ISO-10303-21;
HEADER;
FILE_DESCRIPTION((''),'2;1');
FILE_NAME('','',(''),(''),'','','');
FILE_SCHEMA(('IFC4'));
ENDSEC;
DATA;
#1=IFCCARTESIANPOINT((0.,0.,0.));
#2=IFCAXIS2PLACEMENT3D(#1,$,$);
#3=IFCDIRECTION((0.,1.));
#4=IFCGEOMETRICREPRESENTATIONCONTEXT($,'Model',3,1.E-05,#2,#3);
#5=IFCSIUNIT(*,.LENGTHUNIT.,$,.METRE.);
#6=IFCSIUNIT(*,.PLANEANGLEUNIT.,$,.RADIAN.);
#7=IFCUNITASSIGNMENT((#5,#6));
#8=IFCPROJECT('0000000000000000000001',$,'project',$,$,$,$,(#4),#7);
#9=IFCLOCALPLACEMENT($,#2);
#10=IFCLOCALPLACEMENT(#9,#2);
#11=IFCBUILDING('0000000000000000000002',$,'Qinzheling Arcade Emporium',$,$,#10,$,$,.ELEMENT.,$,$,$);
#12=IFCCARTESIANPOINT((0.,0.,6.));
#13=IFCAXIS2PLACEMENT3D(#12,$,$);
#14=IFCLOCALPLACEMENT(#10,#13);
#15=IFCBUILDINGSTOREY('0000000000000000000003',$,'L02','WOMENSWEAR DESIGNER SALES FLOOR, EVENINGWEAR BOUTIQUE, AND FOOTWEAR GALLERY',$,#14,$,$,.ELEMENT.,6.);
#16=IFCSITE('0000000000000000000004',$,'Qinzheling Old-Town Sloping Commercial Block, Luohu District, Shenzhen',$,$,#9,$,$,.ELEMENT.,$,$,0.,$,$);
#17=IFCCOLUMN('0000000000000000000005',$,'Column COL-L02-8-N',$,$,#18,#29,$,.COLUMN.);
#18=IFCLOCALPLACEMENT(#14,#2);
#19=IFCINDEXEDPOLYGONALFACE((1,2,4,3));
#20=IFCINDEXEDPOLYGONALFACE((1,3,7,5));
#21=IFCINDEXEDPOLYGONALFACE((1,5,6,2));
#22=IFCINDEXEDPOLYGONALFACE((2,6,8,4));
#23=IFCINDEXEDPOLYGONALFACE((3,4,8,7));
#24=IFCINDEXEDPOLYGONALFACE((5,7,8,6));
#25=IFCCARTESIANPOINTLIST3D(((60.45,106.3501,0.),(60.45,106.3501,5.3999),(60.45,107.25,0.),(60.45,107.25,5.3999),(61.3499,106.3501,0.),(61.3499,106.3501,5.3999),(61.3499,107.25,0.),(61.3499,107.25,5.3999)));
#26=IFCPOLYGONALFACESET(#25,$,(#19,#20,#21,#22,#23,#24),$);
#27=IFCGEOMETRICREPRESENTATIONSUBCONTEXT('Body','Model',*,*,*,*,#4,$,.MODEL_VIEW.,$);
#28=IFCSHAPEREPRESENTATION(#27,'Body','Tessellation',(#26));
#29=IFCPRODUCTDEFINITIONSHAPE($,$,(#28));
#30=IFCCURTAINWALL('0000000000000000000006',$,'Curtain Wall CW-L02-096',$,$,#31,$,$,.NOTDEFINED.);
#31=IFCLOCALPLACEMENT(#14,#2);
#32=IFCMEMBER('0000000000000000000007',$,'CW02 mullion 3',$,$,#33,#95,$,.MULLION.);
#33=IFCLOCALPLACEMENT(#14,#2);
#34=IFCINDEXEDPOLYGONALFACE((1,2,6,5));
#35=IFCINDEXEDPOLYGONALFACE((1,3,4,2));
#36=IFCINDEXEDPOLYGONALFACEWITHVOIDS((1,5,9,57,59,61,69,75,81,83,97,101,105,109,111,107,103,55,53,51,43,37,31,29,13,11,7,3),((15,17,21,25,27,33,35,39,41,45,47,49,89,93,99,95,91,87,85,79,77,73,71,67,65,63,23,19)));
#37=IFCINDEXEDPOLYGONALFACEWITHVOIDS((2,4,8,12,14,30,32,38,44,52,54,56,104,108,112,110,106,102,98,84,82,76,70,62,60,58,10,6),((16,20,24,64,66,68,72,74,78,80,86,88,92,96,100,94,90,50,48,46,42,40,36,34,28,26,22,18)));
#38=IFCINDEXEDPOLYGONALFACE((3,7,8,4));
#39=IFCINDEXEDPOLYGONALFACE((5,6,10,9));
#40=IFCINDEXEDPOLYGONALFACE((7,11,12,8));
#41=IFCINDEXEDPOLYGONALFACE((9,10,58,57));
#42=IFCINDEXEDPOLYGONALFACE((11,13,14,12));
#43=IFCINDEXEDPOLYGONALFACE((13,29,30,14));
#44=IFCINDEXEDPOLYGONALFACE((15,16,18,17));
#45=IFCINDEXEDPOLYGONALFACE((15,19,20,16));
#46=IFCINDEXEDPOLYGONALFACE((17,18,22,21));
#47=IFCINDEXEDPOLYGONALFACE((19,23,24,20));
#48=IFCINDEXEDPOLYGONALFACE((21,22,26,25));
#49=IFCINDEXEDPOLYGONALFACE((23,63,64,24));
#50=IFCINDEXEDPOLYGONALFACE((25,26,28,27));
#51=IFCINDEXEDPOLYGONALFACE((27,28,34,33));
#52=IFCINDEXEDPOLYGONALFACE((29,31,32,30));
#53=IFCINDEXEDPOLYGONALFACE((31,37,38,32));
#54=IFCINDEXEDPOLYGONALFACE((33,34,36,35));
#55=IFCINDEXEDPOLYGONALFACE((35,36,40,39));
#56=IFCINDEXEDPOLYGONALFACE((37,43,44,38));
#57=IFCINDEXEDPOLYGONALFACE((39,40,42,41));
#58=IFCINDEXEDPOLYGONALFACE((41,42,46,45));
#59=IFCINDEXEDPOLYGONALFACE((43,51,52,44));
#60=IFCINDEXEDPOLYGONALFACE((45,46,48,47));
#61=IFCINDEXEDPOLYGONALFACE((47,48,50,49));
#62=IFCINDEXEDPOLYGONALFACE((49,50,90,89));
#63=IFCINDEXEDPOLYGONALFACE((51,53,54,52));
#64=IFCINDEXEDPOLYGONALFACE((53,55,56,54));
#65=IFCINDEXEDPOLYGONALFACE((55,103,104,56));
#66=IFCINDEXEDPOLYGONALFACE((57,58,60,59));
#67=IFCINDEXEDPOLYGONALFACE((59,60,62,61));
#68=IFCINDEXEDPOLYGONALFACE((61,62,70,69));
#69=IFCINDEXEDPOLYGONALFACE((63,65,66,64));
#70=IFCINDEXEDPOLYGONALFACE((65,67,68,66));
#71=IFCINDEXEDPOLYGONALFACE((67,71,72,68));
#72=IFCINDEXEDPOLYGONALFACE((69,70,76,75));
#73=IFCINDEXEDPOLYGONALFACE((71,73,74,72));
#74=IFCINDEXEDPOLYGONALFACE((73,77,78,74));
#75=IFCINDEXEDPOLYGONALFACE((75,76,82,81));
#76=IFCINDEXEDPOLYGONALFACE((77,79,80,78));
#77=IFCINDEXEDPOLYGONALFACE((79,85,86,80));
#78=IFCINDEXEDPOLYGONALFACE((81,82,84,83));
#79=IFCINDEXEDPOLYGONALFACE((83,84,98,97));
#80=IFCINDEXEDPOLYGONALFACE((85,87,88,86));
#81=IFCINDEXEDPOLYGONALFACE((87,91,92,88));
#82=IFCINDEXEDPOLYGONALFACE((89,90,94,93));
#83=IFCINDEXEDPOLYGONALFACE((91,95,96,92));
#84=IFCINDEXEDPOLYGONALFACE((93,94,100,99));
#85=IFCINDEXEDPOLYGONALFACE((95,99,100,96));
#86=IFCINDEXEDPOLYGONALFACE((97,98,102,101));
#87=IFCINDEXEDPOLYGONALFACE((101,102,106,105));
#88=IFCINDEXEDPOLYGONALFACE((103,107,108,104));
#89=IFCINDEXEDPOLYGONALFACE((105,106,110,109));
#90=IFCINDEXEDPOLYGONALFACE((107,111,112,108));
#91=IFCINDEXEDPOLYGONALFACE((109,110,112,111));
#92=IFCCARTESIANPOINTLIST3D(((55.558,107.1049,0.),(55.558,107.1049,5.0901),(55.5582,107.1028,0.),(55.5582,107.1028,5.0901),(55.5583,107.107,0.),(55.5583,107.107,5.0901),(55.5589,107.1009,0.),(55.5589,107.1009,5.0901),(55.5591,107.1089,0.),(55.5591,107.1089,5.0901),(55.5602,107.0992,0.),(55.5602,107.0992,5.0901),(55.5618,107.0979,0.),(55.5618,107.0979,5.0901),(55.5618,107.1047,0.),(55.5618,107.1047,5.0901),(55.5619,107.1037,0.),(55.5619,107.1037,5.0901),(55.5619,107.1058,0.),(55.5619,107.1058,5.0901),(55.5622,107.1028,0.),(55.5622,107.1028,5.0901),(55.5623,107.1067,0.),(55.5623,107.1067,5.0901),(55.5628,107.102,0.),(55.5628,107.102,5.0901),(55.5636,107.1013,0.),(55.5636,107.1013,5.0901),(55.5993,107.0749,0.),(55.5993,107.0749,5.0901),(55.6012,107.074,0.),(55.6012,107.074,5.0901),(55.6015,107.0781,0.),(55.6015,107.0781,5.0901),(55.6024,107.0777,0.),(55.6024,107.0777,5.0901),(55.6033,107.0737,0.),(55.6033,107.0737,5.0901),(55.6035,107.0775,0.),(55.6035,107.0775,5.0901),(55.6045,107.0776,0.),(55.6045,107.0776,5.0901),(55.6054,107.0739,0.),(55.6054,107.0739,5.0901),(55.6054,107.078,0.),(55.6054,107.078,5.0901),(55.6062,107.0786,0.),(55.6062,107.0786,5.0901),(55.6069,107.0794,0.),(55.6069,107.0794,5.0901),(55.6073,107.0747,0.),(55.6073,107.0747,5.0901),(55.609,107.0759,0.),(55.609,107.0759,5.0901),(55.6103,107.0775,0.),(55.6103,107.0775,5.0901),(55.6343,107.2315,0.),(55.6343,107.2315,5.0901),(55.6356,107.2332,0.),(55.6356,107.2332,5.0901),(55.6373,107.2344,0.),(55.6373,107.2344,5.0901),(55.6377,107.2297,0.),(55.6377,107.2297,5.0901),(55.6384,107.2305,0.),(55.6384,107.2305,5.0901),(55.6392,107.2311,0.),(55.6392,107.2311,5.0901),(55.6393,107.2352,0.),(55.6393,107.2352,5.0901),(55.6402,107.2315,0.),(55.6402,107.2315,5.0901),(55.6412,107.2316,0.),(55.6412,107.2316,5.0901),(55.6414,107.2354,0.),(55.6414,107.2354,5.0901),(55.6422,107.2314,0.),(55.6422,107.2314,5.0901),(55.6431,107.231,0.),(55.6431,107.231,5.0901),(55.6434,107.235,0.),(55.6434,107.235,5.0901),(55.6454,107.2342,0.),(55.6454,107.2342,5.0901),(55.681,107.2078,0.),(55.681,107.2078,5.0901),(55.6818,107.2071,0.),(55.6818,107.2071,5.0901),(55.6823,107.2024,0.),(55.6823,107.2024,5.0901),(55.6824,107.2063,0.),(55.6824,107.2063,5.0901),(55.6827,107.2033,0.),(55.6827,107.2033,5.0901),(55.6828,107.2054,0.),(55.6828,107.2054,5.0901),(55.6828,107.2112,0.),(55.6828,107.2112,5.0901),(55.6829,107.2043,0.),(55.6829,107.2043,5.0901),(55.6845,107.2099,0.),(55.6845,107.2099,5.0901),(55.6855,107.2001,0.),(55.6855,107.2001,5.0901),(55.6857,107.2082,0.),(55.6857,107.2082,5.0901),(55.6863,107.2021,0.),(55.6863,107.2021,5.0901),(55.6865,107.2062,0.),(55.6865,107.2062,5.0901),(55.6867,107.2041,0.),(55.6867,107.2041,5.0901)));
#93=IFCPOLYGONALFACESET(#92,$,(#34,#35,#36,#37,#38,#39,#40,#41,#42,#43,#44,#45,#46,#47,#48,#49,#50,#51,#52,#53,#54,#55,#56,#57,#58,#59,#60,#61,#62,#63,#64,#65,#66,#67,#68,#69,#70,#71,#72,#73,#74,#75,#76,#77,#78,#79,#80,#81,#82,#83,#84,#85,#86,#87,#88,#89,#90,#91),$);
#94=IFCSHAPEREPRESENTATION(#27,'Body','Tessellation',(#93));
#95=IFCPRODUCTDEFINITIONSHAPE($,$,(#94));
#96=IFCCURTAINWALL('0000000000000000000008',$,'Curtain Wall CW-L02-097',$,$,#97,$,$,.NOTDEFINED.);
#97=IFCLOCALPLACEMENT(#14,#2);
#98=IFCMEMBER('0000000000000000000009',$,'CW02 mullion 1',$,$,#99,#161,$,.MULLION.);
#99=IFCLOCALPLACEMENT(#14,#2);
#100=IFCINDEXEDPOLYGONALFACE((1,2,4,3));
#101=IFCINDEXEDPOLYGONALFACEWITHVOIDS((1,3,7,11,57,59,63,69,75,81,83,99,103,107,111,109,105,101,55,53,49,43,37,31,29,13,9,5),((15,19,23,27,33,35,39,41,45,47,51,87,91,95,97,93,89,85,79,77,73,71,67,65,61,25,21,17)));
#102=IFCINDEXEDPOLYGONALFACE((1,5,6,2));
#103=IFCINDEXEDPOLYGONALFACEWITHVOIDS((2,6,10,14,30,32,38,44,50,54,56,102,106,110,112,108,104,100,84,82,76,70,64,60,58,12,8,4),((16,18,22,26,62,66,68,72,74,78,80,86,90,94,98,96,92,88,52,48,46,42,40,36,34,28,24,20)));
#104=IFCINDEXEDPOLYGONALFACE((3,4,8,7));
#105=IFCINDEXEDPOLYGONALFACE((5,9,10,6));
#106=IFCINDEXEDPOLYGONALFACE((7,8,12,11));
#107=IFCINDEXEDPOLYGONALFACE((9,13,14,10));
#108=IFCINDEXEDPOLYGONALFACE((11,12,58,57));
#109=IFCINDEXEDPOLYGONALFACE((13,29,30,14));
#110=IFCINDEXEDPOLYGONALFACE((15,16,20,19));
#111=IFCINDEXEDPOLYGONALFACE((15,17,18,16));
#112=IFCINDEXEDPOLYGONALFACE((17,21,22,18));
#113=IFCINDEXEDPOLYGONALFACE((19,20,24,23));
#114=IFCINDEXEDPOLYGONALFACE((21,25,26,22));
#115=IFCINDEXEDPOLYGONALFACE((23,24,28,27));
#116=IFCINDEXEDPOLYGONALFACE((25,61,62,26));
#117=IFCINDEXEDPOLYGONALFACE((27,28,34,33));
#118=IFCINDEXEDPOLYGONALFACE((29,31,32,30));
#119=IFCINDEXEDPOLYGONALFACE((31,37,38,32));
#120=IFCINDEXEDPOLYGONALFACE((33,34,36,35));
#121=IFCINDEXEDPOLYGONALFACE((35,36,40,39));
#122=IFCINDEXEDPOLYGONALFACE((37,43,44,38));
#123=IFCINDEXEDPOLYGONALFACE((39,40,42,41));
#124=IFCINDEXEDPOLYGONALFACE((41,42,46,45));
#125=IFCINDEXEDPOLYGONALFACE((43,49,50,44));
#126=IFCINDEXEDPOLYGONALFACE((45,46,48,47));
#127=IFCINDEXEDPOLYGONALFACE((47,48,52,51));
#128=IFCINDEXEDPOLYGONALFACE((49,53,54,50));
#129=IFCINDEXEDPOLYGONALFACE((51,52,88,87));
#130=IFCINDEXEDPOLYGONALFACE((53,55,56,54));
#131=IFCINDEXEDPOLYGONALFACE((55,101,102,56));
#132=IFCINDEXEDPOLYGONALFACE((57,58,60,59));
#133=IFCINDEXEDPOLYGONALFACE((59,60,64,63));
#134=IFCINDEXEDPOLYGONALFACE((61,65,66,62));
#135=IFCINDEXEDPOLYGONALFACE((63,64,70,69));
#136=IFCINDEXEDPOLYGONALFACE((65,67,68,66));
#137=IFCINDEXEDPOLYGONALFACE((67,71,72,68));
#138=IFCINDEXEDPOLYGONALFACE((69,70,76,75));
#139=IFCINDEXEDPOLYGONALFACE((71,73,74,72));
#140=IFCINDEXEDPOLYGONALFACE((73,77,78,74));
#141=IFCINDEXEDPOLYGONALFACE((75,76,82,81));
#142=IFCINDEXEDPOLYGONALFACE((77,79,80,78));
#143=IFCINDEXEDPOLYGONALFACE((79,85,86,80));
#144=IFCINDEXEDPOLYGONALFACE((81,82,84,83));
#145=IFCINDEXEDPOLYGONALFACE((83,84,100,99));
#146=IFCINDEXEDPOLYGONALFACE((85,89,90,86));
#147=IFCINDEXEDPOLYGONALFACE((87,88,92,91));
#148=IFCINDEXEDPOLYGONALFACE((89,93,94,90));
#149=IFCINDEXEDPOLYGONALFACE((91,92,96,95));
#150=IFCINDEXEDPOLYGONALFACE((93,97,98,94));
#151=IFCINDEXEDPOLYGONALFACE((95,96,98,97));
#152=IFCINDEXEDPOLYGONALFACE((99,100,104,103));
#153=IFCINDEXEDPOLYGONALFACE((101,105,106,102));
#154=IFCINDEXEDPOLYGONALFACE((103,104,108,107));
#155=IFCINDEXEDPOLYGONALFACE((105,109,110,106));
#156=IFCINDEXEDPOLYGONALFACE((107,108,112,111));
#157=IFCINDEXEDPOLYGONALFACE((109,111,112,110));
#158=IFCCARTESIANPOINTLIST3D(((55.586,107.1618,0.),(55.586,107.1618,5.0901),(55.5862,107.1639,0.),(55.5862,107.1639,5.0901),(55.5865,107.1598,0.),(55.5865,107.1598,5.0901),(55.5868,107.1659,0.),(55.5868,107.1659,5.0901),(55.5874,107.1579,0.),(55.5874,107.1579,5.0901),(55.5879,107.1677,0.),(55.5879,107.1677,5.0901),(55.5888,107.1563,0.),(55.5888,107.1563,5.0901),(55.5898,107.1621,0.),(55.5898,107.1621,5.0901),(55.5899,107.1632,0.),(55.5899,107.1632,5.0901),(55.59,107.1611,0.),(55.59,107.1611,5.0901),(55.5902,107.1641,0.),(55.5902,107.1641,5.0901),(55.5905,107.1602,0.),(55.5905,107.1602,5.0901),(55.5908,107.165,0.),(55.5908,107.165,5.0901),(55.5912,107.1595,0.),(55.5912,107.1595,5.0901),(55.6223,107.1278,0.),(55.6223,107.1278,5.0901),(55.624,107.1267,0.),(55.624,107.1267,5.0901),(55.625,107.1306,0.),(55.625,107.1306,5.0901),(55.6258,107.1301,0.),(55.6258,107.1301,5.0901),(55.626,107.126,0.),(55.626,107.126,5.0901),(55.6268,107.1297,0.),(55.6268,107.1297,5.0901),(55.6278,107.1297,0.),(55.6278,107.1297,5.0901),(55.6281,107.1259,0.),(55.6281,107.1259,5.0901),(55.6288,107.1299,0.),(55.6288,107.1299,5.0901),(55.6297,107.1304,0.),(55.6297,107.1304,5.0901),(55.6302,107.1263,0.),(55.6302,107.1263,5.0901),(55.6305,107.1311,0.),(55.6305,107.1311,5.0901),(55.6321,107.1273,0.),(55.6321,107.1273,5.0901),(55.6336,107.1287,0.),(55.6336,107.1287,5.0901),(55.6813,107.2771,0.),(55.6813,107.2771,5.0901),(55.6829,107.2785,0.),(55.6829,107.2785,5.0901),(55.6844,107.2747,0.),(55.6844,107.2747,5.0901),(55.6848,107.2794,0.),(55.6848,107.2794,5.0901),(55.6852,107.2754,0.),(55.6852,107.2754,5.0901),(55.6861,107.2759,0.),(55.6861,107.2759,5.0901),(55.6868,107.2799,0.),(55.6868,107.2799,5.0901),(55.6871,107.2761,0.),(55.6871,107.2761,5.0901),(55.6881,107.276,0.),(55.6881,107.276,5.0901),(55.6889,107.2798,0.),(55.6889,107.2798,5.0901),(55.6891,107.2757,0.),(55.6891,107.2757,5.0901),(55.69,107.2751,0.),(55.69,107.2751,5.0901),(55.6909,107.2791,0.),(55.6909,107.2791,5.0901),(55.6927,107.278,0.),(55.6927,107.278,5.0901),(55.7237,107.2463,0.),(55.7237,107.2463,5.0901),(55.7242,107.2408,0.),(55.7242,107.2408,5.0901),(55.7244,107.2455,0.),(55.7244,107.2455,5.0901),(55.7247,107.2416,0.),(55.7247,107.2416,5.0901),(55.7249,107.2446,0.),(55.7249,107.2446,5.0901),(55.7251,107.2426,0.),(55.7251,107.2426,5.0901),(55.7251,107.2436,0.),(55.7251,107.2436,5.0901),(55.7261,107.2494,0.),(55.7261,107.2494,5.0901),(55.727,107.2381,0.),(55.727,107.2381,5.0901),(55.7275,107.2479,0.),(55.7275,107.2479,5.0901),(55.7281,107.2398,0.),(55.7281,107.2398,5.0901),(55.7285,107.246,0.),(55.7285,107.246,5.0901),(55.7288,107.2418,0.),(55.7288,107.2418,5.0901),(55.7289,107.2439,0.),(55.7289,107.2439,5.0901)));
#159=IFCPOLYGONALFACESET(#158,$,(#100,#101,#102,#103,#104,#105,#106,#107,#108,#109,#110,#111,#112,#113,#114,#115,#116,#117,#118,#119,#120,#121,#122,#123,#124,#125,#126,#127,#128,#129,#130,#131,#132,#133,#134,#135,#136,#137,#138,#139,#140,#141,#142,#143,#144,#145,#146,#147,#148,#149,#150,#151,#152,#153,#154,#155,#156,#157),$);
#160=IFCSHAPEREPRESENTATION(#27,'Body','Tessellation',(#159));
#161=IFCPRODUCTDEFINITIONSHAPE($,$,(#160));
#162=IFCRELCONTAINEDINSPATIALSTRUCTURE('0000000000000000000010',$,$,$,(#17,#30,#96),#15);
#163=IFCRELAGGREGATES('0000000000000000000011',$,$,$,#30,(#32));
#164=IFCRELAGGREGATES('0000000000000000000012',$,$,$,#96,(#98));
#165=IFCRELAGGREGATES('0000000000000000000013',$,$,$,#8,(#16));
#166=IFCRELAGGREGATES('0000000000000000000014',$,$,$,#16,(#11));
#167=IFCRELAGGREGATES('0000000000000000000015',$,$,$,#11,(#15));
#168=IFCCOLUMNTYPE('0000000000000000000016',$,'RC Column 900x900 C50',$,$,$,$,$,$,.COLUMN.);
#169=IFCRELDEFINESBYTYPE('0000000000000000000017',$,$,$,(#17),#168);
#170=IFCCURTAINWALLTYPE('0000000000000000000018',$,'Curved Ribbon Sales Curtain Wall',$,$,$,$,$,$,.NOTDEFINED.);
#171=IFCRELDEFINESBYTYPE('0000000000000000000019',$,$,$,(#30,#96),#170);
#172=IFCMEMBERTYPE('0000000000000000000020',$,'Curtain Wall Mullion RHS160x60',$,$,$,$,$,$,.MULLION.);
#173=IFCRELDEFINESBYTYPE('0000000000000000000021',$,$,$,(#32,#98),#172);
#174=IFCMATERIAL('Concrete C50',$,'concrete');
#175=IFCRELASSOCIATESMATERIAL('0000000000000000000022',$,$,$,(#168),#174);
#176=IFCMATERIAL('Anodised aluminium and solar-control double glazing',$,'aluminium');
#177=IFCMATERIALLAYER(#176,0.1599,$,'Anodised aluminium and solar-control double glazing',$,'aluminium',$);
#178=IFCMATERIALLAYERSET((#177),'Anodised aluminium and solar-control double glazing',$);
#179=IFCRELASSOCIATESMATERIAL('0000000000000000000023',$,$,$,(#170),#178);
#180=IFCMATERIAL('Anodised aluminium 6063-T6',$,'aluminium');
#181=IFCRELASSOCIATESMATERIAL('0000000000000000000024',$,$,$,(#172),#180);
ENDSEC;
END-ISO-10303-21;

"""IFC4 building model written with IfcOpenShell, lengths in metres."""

from ifc_helpers import new_model, si_unit, direction, frame, origin, origin_2d, place, context, subcontext, project, spatial, rectangle, hollow_rectangle, extrude, material, layer, layer_set, material_profile, profile_set, type_object, element, aggregate, save


model = new_model("IFC4")

# Units and contexts
model_context = context("Model", 3, precision=1e-05, world=origin(), true_north=direction((0.0, 1.0)))
body_context = subcontext(model_context, "Body", "Model", "MODEL_VIEW")
ifc_project = project(units=[si_unit("LENGTHUNIT", "METRE"), si_unit("PLANEANGLEUNIT", "RADIAN")], contexts=[model_context])

# Site, building, storey
site_placement = place(None, origin())
site = spatial("IfcSite", under=ifc_project, at=site_placement, Name="Qinzheling Old-Town Sloping Commercial Block, Luohu District, Shenzhen", CompositionType="ELEMENT", RefElevation=0.0)
building_placement = place(site_placement, origin())
building = spatial("IfcBuilding", under=site, at=building_placement, Name="Qinzheling Arcade Emporium", CompositionType="ELEMENT")
storey_placement = place(building_placement, frame((0.0, 0.0, 6.0)))
storey = spatial("IfcBuildingStorey", under=building, at=storey_placement, Name="L02", Description="WOMENSWEAR DESIGNER SALES FLOOR, EVENINGWEAR BOUTIQUE, AND FOOTWEAR GALLERY", CompositionType="ELEMENT", Elevation=6.0)

# Column
ifc_material_1 = material(Name="Concrete C50", Category="concrete")
ifc_material_profile_1 = material_profile(ifc_material_1, rectangle(XDim=0.8999, YDim=0.8999, at=origin_2d()), Name="RC 900x900", Category="concrete")
ifc_profile_set_1 = profile_set([ifc_material_profile_1], Name="Concrete C50")
column_type = type_object("IfcColumnType", Name="RC Column 900x900 C50", PredefinedType="COLUMN", material=ifc_profile_set_1)
column_placement = place(storey_placement, frame((60.8999, 106.8, 0.0), z_axis=(0.0, 0.0, 1.0), x_axis=(1.0, 0.0, 0.0)))
element("IfcColumn", 1, at=column_placement, inside=storey, type_object=column_type, Name="Column COL-L02-8-N", PredefinedType="COLUMN", context=body_context, shape_type="SweptSolid", body=[
    extrude(rectangle(XDim=0.8999, YDim=0.8999, at=origin_2d()), origin(), (0.0, 0.0, 1.0), 5.3999),
])

# Curtain wall, member
ifc_material_2 = material(Name="Anodised aluminium and solar-control double glazing", Category="aluminium")
ifc_layer_1 = layer(ifc_material_2, 0.1599, Name="Anodised aluminium and solar-control double glazing", Category="aluminium")
ifc_layer_set_1 = layer_set([ifc_layer_1], Name="Anodised aluminium and solar-control double glazing")
curtain_wall_type = type_object("IfcCurtainWallType", Name="Curved Ribbon Sales Curtain Wall", PredefinedType="NOTDEFINED", material=ifc_layer_set_1)
curtain_wall_1_placement = place(storey_placement, origin())
curtain_wall_1 = element("IfcCurtainWall", 2, at=curtain_wall_1_placement, inside=storey, type_object=curtain_wall_type, Name="Curtain Wall CW-L02-096", PredefinedType="NOTDEFINED")
ifc_material_3 = material(Name="Anodised aluminium 6063-T6", Category="aluminium")
ifc_material_profile_2 = material_profile(ifc_material_3, hollow_rectangle(XDim=0.0601, YDim=0.1599, WallThickness=0.0039, InnerFilletRadius=0.0039, OuterFilletRadius=0.0081, at=origin_2d()), Name="RHS 160x60x4", Category="aluminium")
ifc_profile_set_2 = profile_set([ifc_material_profile_2], Name="Anodised aluminium 6063-T6")
member_type_1 = type_object("IfcMemberType", Name="Curtain Wall Mullion RHS160x60", PredefinedType="MULLION", material=ifc_profile_set_2)
member_1_placement = place(storey_placement, frame((55.6223, 107.1545, 0.0), z_axis=(0.0, 0.0, 1.0), x_axis=(-0.852581, 0.522595, 0.0)))
member_1 = element("IfcMember", 3, at=member_1_placement, type_object=member_type_1, Name="CW02 mullion 3", PredefinedType="MULLION", context=body_context, shape_type="SweptSolid", body=[
    extrude(hollow_rectangle(XDim=0.0601, YDim=0.1599, WallThickness=0.0039, InnerFilletRadius=0.0039, OuterFilletRadius=0.0081, at=origin_2d()), origin(), (0.0, 0.0, 1.0), 5.0901),
])

# Curtain wall, member
curtain_wall_2_placement = place(storey_placement, origin())
curtain_wall_2 = element("IfcCurtainWall", 4, at=curtain_wall_2_placement, inside=storey, type_object=curtain_wall_type, Name="Curtain Wall CW-L02-097", PredefinedType="NOTDEFINED")
member_2_placement = place(storey_placement, frame((55.6575, 107.2029, 0.0), z_axis=(0.0, 0.0, 1.0), x_axis=(-0.760505, 0.649332, 0.0)))
member_2 = element("IfcMember", 5, at=member_2_placement, type_object=member_type_1, Name="CW02 mullion 1", PredefinedType="MULLION", context=body_context, shape_type="SweptSolid", body=[
    extrude(hollow_rectangle(XDim=0.0601, YDim=0.1599, WallThickness=0.0039, InnerFilletRadius=0.0039, OuterFilletRadius=0.0081, at=origin_2d()), origin(), (0.0, 0.0, 1.0), 5.0901),
])

aggregate(curtain_wall_1, [member_1])
aggregate(curtain_wall_2, [member_2])

save(model, "model.ifc")
